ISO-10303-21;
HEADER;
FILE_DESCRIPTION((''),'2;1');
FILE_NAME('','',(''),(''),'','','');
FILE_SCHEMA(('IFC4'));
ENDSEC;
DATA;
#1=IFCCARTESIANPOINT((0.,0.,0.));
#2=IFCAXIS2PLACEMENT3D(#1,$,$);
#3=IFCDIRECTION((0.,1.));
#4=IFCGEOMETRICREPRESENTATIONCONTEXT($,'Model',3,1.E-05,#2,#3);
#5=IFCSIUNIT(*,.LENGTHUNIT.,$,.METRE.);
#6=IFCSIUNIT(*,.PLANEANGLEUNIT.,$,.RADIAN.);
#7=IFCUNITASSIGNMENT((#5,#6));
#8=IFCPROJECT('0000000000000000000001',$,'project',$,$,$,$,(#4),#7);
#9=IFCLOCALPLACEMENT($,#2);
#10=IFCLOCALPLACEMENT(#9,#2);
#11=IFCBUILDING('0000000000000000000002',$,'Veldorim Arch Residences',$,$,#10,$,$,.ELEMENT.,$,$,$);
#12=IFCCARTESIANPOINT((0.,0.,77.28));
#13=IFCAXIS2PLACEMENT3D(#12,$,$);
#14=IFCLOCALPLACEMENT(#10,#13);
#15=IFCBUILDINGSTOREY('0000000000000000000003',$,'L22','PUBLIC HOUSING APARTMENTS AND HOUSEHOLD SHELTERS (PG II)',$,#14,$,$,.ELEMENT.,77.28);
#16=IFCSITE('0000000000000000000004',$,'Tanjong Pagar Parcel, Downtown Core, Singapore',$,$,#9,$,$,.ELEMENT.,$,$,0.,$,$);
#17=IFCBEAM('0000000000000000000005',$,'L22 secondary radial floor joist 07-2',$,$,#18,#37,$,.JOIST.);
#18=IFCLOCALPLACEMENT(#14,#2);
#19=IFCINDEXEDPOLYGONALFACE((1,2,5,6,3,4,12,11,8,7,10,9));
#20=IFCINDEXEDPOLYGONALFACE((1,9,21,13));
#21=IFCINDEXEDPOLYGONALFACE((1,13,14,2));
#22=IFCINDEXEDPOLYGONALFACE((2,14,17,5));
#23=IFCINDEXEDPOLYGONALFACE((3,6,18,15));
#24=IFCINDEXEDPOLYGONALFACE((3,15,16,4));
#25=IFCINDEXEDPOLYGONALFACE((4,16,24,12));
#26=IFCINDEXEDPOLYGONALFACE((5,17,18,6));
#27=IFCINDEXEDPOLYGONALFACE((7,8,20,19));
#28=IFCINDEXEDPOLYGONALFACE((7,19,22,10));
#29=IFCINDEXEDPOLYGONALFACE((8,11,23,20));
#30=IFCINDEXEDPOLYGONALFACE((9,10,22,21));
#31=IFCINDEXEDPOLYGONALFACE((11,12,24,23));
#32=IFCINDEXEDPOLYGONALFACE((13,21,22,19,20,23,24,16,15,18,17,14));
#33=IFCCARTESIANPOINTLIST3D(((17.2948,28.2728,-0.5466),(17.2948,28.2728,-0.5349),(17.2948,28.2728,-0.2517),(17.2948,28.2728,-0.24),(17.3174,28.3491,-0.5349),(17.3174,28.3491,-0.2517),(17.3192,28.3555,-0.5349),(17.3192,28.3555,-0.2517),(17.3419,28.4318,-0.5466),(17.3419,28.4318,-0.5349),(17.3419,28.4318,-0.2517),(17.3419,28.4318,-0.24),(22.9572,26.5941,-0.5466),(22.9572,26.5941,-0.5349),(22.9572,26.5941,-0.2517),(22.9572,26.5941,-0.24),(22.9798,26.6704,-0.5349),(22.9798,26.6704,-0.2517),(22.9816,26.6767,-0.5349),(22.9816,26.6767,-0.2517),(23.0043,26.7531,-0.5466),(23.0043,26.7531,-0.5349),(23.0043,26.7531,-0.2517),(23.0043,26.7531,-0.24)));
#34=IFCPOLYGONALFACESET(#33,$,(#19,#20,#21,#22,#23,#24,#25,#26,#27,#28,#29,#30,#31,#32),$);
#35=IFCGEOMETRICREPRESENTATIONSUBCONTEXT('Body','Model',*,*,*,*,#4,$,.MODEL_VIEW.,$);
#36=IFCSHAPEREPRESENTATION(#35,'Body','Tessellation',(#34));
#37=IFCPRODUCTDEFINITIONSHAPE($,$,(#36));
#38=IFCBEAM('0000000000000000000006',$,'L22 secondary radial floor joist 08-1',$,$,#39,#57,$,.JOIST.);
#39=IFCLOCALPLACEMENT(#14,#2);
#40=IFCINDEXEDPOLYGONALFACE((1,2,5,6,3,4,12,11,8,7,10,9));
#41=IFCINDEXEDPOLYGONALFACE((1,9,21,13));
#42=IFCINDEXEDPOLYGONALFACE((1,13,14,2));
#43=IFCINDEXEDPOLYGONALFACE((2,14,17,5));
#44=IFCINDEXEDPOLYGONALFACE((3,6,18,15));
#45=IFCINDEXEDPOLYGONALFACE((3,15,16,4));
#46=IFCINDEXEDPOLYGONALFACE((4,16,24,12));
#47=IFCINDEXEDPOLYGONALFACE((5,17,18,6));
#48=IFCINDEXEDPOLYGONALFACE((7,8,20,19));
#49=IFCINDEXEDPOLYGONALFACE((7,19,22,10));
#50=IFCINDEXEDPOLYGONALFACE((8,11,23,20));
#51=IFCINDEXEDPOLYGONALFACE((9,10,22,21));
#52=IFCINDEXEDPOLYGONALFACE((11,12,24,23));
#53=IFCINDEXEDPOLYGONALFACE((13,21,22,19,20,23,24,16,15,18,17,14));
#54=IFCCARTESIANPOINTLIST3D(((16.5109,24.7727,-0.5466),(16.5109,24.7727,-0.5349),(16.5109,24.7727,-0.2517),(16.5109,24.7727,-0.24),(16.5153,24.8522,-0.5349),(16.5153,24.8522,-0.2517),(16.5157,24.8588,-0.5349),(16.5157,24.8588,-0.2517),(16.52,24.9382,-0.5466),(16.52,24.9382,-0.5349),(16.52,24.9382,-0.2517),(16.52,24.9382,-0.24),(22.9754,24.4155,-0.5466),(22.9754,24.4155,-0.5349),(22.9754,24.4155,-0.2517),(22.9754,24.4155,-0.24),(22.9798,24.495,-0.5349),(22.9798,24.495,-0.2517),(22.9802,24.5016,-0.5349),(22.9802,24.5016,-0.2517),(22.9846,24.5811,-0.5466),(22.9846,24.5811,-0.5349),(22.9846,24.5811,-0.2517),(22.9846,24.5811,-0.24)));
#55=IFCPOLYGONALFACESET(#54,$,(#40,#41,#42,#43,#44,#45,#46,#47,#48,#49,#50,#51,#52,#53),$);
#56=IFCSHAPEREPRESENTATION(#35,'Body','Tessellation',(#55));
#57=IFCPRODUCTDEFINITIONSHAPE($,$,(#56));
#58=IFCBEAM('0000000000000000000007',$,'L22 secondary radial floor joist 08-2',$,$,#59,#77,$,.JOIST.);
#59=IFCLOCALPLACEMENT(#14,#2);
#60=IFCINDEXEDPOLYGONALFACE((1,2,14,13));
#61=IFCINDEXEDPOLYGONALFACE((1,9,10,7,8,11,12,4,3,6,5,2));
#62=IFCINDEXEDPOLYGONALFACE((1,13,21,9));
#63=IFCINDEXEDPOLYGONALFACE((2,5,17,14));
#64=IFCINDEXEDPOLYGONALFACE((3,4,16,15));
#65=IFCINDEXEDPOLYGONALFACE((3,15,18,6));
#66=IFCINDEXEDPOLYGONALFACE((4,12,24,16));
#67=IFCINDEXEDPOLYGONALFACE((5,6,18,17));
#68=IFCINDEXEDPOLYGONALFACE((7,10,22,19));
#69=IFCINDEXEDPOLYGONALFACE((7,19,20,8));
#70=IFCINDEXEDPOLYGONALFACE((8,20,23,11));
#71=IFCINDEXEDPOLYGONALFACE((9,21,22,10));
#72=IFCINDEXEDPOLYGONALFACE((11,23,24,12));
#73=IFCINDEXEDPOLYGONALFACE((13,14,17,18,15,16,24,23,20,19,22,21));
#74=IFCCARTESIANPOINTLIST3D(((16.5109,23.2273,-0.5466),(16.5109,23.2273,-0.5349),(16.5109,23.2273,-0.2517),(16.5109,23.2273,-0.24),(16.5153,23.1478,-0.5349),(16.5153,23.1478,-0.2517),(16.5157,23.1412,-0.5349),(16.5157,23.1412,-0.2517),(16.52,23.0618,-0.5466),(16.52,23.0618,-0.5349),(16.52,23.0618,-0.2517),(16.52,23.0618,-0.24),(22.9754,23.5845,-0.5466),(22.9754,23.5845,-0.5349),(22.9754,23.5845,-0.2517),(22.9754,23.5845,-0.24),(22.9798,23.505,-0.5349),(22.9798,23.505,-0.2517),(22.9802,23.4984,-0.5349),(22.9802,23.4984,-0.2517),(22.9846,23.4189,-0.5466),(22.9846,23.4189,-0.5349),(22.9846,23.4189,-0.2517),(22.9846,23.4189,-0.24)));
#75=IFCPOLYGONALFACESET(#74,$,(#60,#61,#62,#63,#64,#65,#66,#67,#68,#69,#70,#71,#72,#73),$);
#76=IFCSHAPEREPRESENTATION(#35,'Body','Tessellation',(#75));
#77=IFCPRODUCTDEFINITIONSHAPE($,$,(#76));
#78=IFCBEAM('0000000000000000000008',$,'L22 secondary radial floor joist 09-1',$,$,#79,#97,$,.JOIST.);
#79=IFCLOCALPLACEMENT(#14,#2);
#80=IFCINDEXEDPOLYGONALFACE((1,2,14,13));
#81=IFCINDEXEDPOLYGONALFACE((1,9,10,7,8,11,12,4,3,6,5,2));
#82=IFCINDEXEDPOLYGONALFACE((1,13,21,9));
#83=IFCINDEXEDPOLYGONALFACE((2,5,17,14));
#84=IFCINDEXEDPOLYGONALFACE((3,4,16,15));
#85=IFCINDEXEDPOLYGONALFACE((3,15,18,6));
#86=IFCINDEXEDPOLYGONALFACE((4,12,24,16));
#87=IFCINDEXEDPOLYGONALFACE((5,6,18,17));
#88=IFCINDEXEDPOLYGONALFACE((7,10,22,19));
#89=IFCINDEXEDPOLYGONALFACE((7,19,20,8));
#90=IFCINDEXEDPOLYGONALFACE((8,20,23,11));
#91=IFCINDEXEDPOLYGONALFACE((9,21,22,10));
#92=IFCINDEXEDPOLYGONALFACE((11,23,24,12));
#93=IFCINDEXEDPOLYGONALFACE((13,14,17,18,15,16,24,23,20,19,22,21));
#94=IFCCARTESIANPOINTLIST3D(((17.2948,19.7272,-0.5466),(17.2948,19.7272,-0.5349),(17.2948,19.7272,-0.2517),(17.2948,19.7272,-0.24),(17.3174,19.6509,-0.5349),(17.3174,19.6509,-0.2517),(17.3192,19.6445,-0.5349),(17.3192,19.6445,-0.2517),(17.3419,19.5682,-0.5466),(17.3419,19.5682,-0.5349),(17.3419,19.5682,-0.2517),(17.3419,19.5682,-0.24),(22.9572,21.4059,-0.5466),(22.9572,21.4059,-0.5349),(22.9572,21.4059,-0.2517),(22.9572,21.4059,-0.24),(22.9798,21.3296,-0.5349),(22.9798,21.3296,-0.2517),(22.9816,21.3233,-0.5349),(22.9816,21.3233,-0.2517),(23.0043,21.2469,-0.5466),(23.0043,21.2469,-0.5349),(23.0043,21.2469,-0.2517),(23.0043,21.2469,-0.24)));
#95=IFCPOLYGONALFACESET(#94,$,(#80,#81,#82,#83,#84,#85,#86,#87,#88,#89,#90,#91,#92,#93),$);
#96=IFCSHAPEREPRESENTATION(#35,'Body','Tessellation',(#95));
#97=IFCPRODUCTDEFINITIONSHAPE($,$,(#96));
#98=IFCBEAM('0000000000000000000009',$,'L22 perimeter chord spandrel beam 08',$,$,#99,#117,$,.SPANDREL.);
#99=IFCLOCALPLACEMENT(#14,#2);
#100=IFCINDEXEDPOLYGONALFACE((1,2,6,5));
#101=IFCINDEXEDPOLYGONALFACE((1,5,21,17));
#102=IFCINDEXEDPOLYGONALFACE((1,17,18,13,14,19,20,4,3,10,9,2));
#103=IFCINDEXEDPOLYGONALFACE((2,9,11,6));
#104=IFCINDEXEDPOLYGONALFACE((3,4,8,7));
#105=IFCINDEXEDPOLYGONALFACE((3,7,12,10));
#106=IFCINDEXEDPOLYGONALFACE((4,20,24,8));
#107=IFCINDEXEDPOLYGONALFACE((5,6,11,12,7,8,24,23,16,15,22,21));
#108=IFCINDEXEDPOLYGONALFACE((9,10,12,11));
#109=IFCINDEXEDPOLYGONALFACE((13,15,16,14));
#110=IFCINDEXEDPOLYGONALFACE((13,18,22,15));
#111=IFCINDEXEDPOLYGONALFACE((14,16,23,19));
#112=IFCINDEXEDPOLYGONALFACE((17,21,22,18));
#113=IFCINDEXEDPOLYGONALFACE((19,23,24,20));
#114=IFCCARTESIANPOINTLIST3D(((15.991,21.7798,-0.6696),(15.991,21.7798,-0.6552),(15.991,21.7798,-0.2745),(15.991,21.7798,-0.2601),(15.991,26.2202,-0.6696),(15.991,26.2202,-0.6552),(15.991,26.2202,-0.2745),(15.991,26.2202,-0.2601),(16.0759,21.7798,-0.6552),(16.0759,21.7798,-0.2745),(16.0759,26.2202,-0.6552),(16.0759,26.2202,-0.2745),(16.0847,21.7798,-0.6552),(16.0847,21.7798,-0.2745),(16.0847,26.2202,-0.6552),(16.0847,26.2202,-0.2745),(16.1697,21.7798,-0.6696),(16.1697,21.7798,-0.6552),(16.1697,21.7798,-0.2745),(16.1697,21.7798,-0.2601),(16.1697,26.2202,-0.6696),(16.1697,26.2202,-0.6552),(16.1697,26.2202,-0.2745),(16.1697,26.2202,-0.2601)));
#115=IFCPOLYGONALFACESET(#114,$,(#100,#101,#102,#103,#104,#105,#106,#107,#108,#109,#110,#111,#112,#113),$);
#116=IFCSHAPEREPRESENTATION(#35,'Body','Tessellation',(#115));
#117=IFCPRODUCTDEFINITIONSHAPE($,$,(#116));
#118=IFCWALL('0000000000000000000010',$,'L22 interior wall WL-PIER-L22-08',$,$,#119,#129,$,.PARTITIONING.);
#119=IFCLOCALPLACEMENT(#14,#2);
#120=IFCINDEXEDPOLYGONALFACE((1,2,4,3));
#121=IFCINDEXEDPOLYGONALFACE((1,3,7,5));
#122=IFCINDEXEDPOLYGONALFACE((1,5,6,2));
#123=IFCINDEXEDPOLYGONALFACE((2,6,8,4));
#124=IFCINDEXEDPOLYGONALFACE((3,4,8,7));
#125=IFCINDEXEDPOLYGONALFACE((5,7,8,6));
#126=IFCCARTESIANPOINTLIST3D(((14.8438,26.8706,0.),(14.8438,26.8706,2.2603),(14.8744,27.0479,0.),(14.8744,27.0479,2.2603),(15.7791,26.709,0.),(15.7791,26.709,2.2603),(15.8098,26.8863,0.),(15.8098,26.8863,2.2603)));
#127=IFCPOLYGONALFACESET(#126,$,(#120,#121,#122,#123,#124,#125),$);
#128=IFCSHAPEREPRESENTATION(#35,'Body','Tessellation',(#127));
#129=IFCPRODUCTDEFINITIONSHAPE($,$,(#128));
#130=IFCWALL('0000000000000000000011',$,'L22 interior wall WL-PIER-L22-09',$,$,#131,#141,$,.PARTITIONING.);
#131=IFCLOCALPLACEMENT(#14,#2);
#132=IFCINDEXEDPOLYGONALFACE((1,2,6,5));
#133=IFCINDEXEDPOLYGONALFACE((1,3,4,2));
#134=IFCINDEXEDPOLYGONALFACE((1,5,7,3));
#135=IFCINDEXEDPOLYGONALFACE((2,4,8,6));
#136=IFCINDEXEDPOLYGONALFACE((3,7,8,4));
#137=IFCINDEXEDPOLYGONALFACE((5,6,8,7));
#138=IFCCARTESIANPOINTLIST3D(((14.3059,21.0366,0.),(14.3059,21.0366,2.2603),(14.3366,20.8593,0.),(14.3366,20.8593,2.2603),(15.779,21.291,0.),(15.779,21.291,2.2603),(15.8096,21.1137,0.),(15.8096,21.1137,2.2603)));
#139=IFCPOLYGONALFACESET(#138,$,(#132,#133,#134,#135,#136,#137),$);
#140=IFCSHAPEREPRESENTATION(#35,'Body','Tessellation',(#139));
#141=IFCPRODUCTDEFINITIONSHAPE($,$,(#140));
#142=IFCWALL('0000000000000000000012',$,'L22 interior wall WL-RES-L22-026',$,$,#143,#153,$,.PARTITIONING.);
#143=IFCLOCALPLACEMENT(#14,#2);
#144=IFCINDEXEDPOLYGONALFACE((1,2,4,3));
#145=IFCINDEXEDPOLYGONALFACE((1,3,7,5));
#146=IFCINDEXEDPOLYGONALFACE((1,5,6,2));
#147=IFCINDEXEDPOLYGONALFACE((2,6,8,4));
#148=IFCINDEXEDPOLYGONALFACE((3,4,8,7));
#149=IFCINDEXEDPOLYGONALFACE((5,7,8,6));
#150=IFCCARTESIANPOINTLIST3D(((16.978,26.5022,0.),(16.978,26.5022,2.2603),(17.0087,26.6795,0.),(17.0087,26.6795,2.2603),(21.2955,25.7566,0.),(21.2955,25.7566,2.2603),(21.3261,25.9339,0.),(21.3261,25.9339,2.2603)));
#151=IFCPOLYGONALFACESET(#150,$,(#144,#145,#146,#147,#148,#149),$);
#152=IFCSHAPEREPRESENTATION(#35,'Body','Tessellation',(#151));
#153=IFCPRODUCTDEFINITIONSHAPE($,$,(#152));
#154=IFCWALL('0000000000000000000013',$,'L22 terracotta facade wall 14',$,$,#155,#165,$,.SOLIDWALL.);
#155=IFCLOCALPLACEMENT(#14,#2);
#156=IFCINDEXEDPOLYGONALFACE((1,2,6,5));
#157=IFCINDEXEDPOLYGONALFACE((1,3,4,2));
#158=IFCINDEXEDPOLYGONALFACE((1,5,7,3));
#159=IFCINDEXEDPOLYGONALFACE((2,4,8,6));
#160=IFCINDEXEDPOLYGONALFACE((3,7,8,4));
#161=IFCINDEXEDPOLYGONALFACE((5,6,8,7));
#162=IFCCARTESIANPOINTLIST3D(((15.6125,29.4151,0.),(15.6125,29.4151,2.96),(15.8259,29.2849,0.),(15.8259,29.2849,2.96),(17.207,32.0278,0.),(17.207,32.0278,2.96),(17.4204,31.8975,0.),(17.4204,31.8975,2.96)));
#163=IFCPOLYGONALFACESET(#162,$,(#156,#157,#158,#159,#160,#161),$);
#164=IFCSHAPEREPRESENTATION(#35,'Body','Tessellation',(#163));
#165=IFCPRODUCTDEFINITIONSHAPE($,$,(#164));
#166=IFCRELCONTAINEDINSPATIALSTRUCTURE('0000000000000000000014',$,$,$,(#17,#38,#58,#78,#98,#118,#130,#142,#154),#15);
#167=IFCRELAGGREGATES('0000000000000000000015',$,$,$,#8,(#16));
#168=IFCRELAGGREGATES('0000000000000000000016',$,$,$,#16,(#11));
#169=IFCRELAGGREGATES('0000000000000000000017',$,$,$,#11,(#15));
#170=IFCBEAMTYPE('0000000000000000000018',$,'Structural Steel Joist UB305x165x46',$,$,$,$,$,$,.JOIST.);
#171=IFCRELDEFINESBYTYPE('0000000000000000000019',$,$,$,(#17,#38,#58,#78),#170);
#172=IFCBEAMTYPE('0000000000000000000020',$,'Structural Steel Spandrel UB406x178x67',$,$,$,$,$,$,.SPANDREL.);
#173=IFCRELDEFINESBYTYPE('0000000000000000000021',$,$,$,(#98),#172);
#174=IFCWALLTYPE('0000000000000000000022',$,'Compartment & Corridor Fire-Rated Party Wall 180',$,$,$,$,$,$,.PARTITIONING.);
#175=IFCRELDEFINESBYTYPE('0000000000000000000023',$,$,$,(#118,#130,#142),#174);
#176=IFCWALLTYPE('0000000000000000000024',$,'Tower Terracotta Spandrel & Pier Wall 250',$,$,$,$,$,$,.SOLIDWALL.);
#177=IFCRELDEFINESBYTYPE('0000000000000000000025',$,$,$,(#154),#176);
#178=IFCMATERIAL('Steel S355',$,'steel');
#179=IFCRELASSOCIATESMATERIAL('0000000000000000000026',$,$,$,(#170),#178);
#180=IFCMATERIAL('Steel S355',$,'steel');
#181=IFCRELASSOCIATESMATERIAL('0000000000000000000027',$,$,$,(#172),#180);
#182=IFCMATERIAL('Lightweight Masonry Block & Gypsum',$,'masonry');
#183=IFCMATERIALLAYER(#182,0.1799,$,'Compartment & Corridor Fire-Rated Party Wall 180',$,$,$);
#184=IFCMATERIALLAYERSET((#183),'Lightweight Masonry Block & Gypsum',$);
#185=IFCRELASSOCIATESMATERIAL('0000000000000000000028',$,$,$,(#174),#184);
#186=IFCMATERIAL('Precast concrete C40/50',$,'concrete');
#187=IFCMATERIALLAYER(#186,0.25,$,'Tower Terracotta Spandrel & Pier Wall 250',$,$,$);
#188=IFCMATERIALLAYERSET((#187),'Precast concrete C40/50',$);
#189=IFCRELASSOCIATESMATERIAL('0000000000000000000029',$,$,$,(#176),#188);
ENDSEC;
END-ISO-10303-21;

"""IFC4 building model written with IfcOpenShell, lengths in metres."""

from ifc_helpers import new_model, si_unit, direction, frame, frame_2d, origin, origin_2d, place, context, subcontext, project, spatial, rectangle, i_section, extrude, material, layer, layer_set, material_profile, profile_set, type_object, element, save


model = new_model("IFC4")

# Units and contexts
model_context = context("Model", 3, precision=1e-05, world=origin(), true_north=direction((0.0, 1.0)))
body_context = subcontext(model_context, "Body", "Model", "MODEL_VIEW")
ifc_project = project(units=[si_unit("LENGTHUNIT", "METRE"), si_unit("PLANEANGLEUNIT", "RADIAN")], contexts=[model_context])

# Site, building, storey
site_placement = place(None, origin())
site = spatial("IfcSite", under=ifc_project, at=site_placement, Name="Tanjong Pagar Parcel, Downtown Core, Singapore", CompositionType="ELEMENT", RefElevation=0.0)
building_placement = place(site_placement, origin())
building = spatial("IfcBuilding", under=site, at=building_placement, Name="Veldorim Arch Residences", CompositionType="ELEMENT")
storey_placement = place(building_placement, frame((0.0, 0.0, 77.28)))
storey = spatial("IfcBuildingStorey", under=building, at=storey_placement, Name="L22", Description="PUBLIC HOUSING APARTMENTS AND HOUSEHOLD SHELTERS (PG II)", CompositionType="ELEMENT", Elevation=77.28)

# Beams
ifc_material_1 = material(Name="Steel S355", Category="steel")
ifc_material_profile_1 = material_profile(ifc_material_1, i_section(OverallWidth=0.1658, OverallDepth=0.3066, WebThickness=0.0066, FlangeThickness=0.0117, at=origin_2d()), Name="UB305x165x46")
ifc_profile_set_1 = profile_set([ifc_material_profile_1], Name="Steel S355")
beam_type_1 = type_object("IfcBeamType", Name="Structural Steel Joist UB305x165x46", PredefinedType="JOIST", material=ifc_profile_set_1)
beam_1_placement = place(storey_placement, frame((22.9807, 26.6736, -0.3933), z_axis=(-0.958753, 0.28424, 0.0), x_axis=(-0.28424, -0.958753, 0.0)))
element("IfcBeam", 1, at=beam_1_placement, inside=storey, type_object=beam_type_1, Name="L22 secondary radial floor joist 07-2", PredefinedType="JOIST", context=body_context, shape_type="SweptSolid", body=[
    extrude(i_section(OverallWidth=0.1658, OverallDepth=0.3066, WebThickness=0.0066, FlangeThickness=0.0117, at=origin_2d()), origin(), (0.0, 0.0, 1.0), 5.906),
])
for number, where, z_axis, x_axis, name in (
    (2, (22.98, 24.4983, -0.3933), (-0.998477, 0.055167, 0.0), (-0.055167, -0.998477, 0.0), "L22 secondary radial floor joist 08-1"),
    (3, (22.98, 23.5017, -0.3933), (-0.998477, -0.055167, 0.0), (0.055167, -0.998477, 0.0), "L22 secondary radial floor joist 08-2"),
):
    element("IfcBeam", number, at=place(storey_placement, frame(where, z_axis=z_axis, x_axis=x_axis)), inside=storey, type_object=beam_type_1, Name=name, PredefinedType="JOIST", context=body_context, shape_type="SweptSolid", body=[
        extrude(i_section(OverallWidth=0.1658, OverallDepth=0.3066, WebThickness=0.0066, FlangeThickness=0.0117, at=origin_2d()), origin(), (0.0, 0.0, 1.0), 6.4744),
    ])
beam_2_placement = place(storey_placement, frame((22.9807, 21.3264, -0.3933), z_axis=(-0.958753, -0.28424, 0.0), x_axis=(0.28424, -0.958753, 0.0)))
element("IfcBeam", 4, at=beam_2_placement, inside=storey, type_object=beam_type_1, Name="L22 secondary radial floor joist 09-1", PredefinedType="JOIST", context=body_context, shape_type="SweptSolid", body=[
    extrude(i_section(OverallWidth=0.1658, OverallDepth=0.3066, WebThickness=0.0066, FlangeThickness=0.0117, at=origin_2d()), origin(), (0.0, 0.0, 1.0), 5.906),
])
ifc_material_2 = material(Name="Steel S355", Category="steel")
ifc_material_profile_2 = material_profile(ifc_material_2, i_section(OverallWidth=0.1787, OverallDepth=0.4094, WebThickness=0.0088, FlangeThickness=0.0144, at=origin_2d()), Name="UB406x178x67")
ifc_profile_set_2 = profile_set([ifc_material_profile_2], Name="Steel S355")
beam_type_2 = type_object("IfcBeamType", Name="Structural Steel Spandrel UB406x178x67", PredefinedType="SPANDREL", material=ifc_profile_set_2)
beam_3_placement = place(storey_placement, frame((16.0803, 26.2202, -0.4648), z_axis=(0.0, -1.0, 0.0), x_axis=(1.0, 0.0, 0.0)))
element("IfcBeam", 5, at=beam_3_placement, inside=storey, type_object=beam_type_2, Name="L22 perimeter chord spandrel beam 08", PredefinedType="SPANDREL", context=body_context, shape_type="SweptSolid", body=[
    extrude(i_section(OverallWidth=0.1787, OverallDepth=0.4094, WebThickness=0.0088, FlangeThickness=0.0144, at=origin_2d()), origin(), (0.0, 0.0, 1.0), 4.4404),
])

# Walls
ifc_material_3 = material(Name="Lightweight Masonry Block & Gypsum", Category="masonry")
ifc_layer_1 = layer(ifc_material_3, 0.1799, Name="Compartment & Corridor Fire-Rated Party Wall 180")
ifc_layer_set_1 = layer_set([ifc_layer_1], Name="Lightweight Masonry Block & Gypsum")
wall_type_1 = type_object("IfcWallType", Name="Compartment & Corridor Fire-Rated Party Wall 180", PredefinedType="PARTITIONING", material=ifc_layer_set_1)
wall_1_placement = place(storey_placement, frame((15.7944, 26.7976, 0.0), z_axis=(0.0, 0.0, 1.0), x_axis=(-0.985396, 0.170277, 0.0)))
element("IfcWall", 6, at=wall_1_placement, inside=storey, type_object=wall_type_1, Name="L22 interior wall WL-PIER-L22-08", PredefinedType="PARTITIONING", context=body_context, shape_type="SweptSolid", body=[
    extrude(rectangle(XDim=0.9492, YDim=0.1799, at=frame_2d((0.4746, 0.0))), origin(), (0.0, 0.0, 1.0), 2.2603),
])
wall_2_placement = place(storey_placement, frame((15.7944, 21.2024, 0.0), z_axis=(0.0, 0.0, 1.0), x_axis=(-0.985415, -0.170169, 0.0)))
element("IfcWall", 7, at=wall_2_placement, inside=storey, type_object=wall_type_1, Name="L22 interior wall WL-PIER-L22-09", PredefinedType="PARTITIONING", context=body_context, shape_type="SweptSolid", body=[
    extrude(rectangle(XDim=1.4949, YDim=0.1799, at=frame_2d((0.7476, 0.0))), origin(), (0.0, 0.0, 1.0), 2.2603),
])
wall_3_placement = place(storey_placement, frame((21.3108, 25.8452, 0.0), z_axis=(0.0, 0.0, 1.0), x_axis=(-0.985413, 0.170179, 0.0)))
element("IfcWall", 8, at=wall_3_placement, inside=storey, type_object=wall_type_1, Name="L22 interior wall WL-RES-L22-026", PredefinedType="PARTITIONING", context=body_context, shape_type="SweptSolid", body=[
    extrude(rectangle(XDim=4.3813, YDim=0.1799, at=frame_2d((2.1907, 0.0))), origin(), (0.0, 0.0, 1.0), 2.2603),
])
ifc_material_4 = material(Name="Precast concrete C40/50", Category="concrete")
ifc_layer_2 = layer(ifc_material_4, 0.25, Name="Tower Terracotta Spandrel & Pier Wall 250")
ifc_layer_set_2 = layer_set([ifc_layer_2], Name="Precast concrete C40/50")
wall_type_2 = type_object("IfcWallType", Name="Tower Terracotta Spandrel & Pier Wall 250", PredefinedType="SOLIDWALL", material=ifc_layer_set_2)
wall_4_placement = place(storey_placement, frame((15.7192, 29.3501, 0.0), z_axis=(0.0, 0.0, 1.0), x_axis=(0.520956, 0.853583, 0.0)))
element("IfcWall", 9, at=wall_4_placement, inside=storey, type_object=wall_type_2, Name="L22 terracotta facade wall 14", PredefinedType="SOLIDWALL", context=body_context, shape_type="SweptSolid", body=[
    extrude(rectangle(XDim=3.0608, YDim=0.25, at=frame_2d((1.5303, 0.0))), origin(), (0.0, 0.0, 1.0), 2.96),
])

save(model, "model.ifc")
